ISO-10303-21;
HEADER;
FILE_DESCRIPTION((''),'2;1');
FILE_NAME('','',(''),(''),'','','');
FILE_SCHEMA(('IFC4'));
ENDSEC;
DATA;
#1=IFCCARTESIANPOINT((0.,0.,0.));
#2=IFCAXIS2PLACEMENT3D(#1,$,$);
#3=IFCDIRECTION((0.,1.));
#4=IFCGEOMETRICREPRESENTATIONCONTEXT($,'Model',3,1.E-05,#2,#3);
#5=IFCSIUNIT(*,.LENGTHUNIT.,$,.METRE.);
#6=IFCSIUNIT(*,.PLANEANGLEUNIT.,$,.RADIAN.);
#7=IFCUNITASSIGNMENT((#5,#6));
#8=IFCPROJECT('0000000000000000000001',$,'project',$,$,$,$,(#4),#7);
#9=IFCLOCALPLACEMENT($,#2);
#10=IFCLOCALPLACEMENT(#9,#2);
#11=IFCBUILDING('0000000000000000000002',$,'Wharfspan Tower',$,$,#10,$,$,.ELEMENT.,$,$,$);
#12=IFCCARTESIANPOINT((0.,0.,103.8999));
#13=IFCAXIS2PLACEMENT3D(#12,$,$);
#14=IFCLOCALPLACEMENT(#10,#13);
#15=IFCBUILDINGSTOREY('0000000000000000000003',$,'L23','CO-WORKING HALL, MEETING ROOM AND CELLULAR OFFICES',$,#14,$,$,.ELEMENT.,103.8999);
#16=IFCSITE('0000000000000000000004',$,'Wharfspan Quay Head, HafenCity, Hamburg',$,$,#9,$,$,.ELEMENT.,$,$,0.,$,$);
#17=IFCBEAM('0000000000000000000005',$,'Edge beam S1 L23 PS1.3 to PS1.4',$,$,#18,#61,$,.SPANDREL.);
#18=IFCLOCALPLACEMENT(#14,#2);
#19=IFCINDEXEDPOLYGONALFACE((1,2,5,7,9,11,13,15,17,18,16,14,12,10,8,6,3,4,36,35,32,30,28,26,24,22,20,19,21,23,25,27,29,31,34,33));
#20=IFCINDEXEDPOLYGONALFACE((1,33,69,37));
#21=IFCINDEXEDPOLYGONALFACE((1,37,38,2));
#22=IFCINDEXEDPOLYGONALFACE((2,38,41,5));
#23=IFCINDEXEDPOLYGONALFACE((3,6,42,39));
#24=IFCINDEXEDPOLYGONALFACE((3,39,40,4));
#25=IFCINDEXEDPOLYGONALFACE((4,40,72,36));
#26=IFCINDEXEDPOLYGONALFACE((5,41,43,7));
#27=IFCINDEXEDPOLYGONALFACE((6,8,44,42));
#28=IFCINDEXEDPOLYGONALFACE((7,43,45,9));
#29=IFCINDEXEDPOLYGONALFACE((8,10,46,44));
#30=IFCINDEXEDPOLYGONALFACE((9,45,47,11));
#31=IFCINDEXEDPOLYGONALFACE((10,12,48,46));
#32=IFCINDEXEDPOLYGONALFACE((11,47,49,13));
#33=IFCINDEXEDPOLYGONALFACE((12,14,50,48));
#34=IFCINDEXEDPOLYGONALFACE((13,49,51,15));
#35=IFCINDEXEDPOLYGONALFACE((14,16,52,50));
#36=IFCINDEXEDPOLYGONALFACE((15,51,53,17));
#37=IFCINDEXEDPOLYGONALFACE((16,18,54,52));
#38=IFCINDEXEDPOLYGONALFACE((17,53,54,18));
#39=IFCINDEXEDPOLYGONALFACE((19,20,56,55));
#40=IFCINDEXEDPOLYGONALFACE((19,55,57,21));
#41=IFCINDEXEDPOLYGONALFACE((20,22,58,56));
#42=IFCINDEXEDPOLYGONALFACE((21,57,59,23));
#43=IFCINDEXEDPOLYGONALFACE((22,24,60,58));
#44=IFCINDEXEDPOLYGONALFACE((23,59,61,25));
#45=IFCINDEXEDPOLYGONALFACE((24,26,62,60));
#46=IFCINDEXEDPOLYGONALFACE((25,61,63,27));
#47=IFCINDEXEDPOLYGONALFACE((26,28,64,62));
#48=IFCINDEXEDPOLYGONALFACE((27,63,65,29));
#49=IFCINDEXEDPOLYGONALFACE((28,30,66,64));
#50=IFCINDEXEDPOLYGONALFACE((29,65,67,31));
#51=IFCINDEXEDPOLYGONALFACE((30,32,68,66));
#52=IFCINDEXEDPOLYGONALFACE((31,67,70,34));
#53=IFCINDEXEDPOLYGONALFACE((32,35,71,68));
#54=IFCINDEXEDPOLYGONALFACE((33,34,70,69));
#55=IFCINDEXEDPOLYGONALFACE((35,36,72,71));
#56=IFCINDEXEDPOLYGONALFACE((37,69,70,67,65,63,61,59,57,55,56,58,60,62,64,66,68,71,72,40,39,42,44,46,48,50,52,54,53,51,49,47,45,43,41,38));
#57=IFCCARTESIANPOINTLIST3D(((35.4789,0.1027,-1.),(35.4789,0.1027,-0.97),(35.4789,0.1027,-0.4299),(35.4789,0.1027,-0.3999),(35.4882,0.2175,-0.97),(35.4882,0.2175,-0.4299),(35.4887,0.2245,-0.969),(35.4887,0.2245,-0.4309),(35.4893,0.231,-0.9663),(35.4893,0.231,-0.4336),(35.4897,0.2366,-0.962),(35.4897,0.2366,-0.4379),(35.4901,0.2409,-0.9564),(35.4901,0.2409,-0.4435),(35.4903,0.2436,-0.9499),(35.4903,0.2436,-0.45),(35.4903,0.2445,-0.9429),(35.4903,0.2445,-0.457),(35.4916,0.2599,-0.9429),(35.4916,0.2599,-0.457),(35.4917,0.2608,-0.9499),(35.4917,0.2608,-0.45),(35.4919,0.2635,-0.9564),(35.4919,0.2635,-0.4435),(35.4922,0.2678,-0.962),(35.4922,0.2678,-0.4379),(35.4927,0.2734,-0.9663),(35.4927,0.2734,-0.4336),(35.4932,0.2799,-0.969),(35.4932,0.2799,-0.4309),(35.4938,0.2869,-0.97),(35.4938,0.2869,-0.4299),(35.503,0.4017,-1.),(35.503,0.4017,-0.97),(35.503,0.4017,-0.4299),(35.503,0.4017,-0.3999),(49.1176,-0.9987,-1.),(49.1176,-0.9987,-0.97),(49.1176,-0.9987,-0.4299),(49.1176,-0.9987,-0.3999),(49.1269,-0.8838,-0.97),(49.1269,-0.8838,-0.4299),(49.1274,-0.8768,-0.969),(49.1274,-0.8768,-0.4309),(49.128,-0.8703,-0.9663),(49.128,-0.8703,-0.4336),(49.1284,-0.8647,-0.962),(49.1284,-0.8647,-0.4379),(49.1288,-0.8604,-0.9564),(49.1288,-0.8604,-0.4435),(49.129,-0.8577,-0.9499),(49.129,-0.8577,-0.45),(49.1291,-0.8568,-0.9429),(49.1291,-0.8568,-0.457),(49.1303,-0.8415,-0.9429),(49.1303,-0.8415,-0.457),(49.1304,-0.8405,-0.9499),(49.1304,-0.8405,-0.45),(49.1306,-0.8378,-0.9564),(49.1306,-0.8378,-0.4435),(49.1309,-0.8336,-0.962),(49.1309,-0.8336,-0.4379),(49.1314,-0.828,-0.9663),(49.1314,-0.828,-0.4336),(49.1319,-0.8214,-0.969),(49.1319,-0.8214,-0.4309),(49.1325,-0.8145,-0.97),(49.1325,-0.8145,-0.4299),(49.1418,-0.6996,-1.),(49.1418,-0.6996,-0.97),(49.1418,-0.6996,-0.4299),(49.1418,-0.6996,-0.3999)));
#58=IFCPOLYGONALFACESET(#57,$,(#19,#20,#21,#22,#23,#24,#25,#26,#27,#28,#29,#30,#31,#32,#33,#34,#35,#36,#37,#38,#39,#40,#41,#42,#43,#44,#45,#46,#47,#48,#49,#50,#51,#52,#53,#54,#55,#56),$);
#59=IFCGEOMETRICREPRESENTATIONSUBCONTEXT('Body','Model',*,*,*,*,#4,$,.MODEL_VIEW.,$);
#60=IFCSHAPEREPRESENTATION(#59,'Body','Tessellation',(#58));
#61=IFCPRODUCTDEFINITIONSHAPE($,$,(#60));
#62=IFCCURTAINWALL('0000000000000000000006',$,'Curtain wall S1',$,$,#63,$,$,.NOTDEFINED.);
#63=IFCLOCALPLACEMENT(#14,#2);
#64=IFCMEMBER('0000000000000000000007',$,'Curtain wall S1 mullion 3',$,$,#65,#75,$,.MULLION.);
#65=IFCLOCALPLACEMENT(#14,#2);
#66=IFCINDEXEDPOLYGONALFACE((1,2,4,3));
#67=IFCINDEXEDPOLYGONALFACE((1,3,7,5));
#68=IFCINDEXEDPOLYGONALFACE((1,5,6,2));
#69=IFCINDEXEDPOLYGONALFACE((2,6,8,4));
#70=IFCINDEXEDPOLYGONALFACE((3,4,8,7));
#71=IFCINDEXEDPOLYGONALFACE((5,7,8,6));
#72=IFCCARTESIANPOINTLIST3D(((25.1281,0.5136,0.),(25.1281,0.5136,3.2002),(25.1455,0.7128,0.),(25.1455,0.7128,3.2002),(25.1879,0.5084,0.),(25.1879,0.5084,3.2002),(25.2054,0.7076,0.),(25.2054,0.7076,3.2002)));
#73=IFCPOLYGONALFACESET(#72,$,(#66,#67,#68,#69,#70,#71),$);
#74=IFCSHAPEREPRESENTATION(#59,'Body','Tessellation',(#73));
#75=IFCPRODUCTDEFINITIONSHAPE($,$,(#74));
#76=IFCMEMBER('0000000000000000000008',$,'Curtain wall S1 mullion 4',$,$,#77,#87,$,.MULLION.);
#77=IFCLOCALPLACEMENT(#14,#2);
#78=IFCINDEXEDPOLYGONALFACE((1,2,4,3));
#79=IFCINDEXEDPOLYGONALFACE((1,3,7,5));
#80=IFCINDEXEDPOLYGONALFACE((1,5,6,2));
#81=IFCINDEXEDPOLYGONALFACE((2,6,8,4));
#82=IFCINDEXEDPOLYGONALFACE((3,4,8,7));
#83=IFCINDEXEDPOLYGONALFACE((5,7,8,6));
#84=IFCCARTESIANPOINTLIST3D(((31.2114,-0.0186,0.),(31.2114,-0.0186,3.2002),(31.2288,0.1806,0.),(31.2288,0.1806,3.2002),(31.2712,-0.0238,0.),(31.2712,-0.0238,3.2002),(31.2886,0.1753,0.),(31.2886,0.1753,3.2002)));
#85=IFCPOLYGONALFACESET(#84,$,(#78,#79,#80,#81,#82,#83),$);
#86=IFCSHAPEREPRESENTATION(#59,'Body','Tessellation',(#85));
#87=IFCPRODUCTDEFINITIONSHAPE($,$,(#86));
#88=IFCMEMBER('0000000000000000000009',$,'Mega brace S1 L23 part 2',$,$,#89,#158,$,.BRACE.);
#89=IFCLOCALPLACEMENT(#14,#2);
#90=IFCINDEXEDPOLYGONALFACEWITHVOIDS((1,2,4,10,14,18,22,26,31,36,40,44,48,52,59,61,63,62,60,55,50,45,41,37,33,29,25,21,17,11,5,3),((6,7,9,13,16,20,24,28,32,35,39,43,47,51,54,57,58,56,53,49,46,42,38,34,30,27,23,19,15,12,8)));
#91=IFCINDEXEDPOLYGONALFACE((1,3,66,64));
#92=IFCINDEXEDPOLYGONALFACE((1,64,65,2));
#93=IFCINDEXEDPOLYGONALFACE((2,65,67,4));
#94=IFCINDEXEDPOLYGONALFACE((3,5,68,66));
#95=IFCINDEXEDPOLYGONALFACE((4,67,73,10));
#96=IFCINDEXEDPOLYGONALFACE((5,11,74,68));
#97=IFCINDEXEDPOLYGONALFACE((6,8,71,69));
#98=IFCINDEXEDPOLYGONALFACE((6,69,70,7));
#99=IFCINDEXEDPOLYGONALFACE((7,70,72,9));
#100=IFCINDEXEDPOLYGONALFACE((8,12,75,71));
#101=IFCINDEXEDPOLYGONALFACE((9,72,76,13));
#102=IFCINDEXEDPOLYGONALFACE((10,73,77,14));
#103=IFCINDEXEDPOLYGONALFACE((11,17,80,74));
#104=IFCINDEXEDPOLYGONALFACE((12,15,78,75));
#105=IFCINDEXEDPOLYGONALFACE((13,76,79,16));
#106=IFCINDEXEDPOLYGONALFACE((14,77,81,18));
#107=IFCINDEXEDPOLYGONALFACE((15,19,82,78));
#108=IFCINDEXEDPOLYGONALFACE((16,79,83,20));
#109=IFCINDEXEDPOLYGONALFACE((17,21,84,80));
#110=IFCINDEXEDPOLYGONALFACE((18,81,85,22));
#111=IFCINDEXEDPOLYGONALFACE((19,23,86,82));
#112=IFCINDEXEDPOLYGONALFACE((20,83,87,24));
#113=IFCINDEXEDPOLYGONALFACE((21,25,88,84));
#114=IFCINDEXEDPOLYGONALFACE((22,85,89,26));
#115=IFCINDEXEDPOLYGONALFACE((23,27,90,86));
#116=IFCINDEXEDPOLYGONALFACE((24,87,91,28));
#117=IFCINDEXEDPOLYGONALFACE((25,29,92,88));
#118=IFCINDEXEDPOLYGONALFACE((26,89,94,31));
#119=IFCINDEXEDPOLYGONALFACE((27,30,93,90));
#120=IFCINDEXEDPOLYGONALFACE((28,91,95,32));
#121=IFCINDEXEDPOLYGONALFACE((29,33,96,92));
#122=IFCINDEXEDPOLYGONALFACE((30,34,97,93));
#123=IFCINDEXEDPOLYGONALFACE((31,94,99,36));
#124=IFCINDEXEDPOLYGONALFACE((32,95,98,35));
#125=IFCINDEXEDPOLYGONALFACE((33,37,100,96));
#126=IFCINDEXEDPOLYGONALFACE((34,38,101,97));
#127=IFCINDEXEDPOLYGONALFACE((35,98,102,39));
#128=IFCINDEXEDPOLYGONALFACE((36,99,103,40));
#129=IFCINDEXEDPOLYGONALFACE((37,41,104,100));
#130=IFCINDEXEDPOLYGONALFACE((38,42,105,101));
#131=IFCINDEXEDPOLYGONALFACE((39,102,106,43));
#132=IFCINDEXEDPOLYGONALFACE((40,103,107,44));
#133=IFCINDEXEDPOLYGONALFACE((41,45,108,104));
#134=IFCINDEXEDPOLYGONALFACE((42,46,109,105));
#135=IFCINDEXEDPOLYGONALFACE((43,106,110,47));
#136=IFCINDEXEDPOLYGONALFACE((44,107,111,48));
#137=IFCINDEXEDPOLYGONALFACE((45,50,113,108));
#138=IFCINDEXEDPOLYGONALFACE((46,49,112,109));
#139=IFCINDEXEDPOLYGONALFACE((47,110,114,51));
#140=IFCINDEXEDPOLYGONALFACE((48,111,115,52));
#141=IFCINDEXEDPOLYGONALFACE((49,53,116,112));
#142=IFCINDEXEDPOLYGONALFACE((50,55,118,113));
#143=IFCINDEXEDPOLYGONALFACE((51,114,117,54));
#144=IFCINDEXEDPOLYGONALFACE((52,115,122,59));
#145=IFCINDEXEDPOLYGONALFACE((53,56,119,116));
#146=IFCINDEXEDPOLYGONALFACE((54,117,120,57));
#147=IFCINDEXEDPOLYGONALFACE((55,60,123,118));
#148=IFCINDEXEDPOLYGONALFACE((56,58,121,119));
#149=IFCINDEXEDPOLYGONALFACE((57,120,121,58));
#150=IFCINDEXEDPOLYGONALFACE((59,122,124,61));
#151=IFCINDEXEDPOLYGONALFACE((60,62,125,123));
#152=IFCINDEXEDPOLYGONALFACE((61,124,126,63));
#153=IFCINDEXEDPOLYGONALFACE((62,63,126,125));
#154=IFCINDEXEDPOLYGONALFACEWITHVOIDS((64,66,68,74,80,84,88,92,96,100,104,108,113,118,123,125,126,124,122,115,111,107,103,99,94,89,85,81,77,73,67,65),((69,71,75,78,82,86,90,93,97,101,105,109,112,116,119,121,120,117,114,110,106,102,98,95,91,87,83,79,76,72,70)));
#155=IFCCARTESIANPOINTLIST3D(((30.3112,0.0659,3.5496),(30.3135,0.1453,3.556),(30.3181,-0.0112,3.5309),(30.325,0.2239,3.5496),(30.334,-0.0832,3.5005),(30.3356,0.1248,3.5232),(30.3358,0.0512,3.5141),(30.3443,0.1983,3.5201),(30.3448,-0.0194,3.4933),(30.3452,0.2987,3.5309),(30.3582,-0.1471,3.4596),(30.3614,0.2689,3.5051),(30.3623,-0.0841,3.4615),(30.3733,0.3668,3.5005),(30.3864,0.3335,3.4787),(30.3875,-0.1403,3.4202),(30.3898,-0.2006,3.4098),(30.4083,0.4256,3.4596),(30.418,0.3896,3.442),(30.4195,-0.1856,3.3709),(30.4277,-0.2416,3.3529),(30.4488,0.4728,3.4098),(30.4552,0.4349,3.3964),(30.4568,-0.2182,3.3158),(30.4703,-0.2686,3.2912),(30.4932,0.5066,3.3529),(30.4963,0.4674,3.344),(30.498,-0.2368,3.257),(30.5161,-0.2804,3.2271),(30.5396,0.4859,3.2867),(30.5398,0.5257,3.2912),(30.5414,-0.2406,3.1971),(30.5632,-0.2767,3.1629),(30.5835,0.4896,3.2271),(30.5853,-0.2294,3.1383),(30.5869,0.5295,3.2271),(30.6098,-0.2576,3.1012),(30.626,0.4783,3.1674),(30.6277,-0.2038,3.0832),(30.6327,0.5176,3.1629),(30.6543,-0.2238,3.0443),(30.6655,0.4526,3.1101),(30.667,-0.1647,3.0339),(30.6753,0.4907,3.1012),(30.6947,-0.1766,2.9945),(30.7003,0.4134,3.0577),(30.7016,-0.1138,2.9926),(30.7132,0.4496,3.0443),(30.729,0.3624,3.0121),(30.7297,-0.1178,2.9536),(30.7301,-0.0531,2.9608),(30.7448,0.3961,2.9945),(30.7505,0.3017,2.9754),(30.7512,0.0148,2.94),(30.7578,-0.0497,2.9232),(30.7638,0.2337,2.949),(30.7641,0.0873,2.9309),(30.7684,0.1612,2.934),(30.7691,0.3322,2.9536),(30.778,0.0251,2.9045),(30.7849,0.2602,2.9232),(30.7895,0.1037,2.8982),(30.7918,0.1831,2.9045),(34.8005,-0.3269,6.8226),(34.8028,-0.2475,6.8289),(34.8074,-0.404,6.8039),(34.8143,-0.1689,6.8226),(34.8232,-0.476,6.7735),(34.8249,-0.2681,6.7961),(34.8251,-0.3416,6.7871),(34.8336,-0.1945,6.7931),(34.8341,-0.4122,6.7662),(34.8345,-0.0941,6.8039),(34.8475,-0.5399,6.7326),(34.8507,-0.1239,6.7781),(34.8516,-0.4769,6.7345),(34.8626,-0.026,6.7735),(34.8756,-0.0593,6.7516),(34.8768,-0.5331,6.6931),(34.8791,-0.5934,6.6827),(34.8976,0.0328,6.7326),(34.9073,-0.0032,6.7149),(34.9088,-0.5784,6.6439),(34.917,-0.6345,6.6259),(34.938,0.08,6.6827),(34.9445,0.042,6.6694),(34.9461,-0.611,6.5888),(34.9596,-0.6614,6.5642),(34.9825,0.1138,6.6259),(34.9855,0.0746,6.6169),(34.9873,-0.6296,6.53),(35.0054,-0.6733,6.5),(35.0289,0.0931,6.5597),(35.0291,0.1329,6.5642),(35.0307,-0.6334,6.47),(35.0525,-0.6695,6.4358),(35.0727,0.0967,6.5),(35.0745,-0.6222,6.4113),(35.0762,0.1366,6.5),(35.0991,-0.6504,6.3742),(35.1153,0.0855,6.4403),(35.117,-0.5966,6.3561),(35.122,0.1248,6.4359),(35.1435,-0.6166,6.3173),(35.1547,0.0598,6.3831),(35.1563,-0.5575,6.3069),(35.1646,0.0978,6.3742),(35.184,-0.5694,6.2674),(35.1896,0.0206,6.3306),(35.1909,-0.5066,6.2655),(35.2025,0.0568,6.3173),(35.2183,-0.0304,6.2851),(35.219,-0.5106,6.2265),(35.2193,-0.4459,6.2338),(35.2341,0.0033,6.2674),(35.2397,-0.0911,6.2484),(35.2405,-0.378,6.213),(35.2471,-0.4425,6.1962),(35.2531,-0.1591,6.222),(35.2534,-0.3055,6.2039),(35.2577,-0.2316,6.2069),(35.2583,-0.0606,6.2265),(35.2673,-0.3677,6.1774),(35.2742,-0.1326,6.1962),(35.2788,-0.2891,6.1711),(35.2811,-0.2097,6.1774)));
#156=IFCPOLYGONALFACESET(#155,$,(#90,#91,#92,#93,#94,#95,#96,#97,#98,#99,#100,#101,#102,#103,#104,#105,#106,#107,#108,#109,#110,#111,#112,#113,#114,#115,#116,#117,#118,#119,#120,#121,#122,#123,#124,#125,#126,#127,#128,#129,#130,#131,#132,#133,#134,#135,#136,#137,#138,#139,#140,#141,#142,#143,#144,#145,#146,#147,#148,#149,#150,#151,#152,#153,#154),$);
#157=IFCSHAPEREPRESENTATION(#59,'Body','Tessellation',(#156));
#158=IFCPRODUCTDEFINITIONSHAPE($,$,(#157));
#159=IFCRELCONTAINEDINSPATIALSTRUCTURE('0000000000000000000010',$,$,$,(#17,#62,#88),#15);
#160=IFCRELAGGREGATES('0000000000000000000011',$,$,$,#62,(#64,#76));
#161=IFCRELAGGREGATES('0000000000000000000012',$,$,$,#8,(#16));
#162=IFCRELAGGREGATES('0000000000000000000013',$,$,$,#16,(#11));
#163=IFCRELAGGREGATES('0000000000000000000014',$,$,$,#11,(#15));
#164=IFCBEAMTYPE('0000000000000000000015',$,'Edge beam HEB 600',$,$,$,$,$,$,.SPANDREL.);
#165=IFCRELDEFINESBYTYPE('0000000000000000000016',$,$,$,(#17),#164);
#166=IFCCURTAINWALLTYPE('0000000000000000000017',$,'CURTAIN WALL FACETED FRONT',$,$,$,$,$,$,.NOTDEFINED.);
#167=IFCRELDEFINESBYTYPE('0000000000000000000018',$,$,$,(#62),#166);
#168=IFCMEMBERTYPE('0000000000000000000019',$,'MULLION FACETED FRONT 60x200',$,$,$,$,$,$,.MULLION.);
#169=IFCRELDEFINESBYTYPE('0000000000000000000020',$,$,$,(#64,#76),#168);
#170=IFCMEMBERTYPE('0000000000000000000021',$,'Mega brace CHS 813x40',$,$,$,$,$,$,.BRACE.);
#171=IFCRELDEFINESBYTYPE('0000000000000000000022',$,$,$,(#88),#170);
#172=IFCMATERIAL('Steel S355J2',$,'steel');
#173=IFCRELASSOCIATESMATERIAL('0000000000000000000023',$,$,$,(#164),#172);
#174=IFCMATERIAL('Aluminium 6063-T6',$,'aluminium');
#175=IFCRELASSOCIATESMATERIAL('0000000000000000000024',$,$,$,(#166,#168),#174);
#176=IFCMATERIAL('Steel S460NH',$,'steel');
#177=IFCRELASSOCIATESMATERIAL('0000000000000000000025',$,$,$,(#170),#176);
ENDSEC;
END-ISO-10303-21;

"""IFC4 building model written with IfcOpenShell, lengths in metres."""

from ifc_helpers import new_model, si_unit, direction, frame, origin, origin_2d, place, context, subcontext, project, spatial, rectangle, hollow_circle, i_section, extrude, material, material_profile, profile_set, type_object, element, aggregate, save


model = new_model("IFC4")

# Units and contexts
model_context = context("Model", 3, precision=1e-05, world=origin(), true_north=direction((0.0, 1.0)))
body_context = subcontext(model_context, "Body", "Model", "MODEL_VIEW")
ifc_project = project(units=[si_unit("LENGTHUNIT", "METRE"), si_unit("PLANEANGLEUNIT", "RADIAN")], contexts=[model_context])

# Site, building, storey
site_placement = place(None, origin())
site = spatial("IfcSite", under=ifc_project, at=site_placement, Name="Wharfspan Quay Head, HafenCity, Hamburg", CompositionType="ELEMENT", RefElevation=0.0)
building_placement = place(site_placement, origin())
building = spatial("IfcBuilding", under=site, at=building_placement, Name="Wharfspan Tower", CompositionType="ELEMENT")
storey_placement = place(building_placement, frame((0.0, 0.0, 103.8999)))
storey = spatial("IfcBuildingStorey", under=building, at=storey_placement, Name="L23", Description="CO-WORKING HALL, MEETING ROOM AND CELLULAR OFFICES", CompositionType="ELEMENT", Elevation=103.8999)

# Shared definitions
ifc_material_1 = material(Name="Steel S355J2", Category="steel")

# Beam
ifc_material_profile_1 = material_profile(ifc_material_1, i_section(OverallWidth=0.3, OverallDepth=0.6001, WebThickness=0.0154, FlangeThickness=0.03, FilletRadius=0.0271, at=origin_2d()))
ifc_profile_set_1 = profile_set([ifc_material_profile_1], Name="Steel S355J2")
beam_type = type_object("IfcBeamType", Name="Edge beam HEB 600", PredefinedType="SPANDREL", material=ifc_profile_set_1)
beam_1_placement = place(storey_placement, frame((35.491, 0.2522, -0.7), z_axis=(0.996756, -0.080488, 0.0), x_axis=(0.080488, 0.996756, 0.0)))
element("IfcBeam", 1, at=beam_1_placement, inside=storey, type_object=beam_type, Name="Edge beam S1 L23 PS1.3 to PS1.4", PredefinedType="SPANDREL", context=body_context, shape_type="SweptSolid", body=[
    extrude(i_section(OverallWidth=0.3, OverallDepth=0.6001, WebThickness=0.0154, FlangeThickness=0.03, FilletRadius=0.0271, at=origin_2d()), origin(), (0.0, 0.0, 1.0), 13.6831),
])

# Curtain wall, members
ifc_material_2 = material(Name="Aluminium 6063-T6", Category="aluminium")
curtain_wall_type = type_object("IfcCurtainWallType", Name="CURTAIN WALL FACETED FRONT", PredefinedType="NOTDEFINED", material=ifc_material_2)
curtain_wall_placement = place(storey_placement, origin())
curtain_wall = element("IfcCurtainWall", 2, at=curtain_wall_placement, inside=storey, type_object=curtain_wall_type, Name="Curtain wall S1", PredefinedType="NOTDEFINED")
ifc_material_profile_2 = material_profile(ifc_material_2, rectangle(XDim=0.2, YDim=0.0601, at=origin_2d()))
ifc_profile_set_2 = profile_set([ifc_material_profile_2], Name="Aluminium 6063-T6")
member_type_1 = type_object("IfcMemberType", Name="MULLION FACETED FRONT 60x200", PredefinedType="MULLION", material=ifc_profile_set_2)
member_1_placement = place(storey_placement, frame((25.1667, 0.6106, 0.0), z_axis=(0.0, 0.0, 1.0), x_axis=(0.087156, 0.996198, 0.0)))
member_1 = element("IfcMember", 3, at=member_1_placement, type_object=member_type_1, Name="Curtain wall S1 mullion 3", PredefinedType="MULLION", context=body_context, shape_type="SweptSolid", body=[
    extrude(rectangle(XDim=0.2, YDim=0.0601, at=origin_2d()), origin(), (0.0, 0.0, 1.0), 3.2002),
])
member_2_placement = place(storey_placement, frame((31.25, 0.0784, 0.0), z_axis=(0.0, 0.0, 1.0), x_axis=(0.087156, 0.996198, 0.0)))
member_2 = element("IfcMember", 4, at=member_2_placement, type_object=member_type_1, Name="Curtain wall S1 mullion 4", PredefinedType="MULLION", context=body_context, shape_type="SweptSolid", body=[
    extrude(rectangle(XDim=0.2, YDim=0.0601, at=origin_2d()), origin(), (0.0, 0.0, 1.0), 3.2002),
])

# Member
ifc_material_3 = material(Name="Steel S460NH", Category="steel")
ifc_material_profile_3 = material_profile(ifc_material_3, hollow_circle(Radius=0.4065, WallThickness=0.04, at=origin_2d()))
ifc_profile_set_3 = profile_set([ifc_material_profile_3], Name="Steel S460NH")
member_type_2 = type_object("IfcMemberType", Name="Mega brace CHS 813x40", PredefinedType="BRACE", material=ifc_profile_set_3)
member_3_placement = place(storey_placement, frame((30.5515, 0.1245, 3.2271), z_axis=(0.806035, -0.07053, 0.58765), x_axis=(0.087168, 0.996195, 0.000002)))
element("IfcMember", 5, at=member_3_placement, inside=storey, type_object=member_type_2, Name="Mega brace S1 L23 part 2", PredefinedType="BRACE", context=body_context, shape_type="SweptSolid", body=[
    extrude(hollow_circle(Radius=0.4065, WallThickness=0.04, at=origin_2d()), origin(), (0.0, 0.0, 1.0), 5.5696),
])

aggregate(curtain_wall, [member_1, member_2])

save(model, "model.ifc")
